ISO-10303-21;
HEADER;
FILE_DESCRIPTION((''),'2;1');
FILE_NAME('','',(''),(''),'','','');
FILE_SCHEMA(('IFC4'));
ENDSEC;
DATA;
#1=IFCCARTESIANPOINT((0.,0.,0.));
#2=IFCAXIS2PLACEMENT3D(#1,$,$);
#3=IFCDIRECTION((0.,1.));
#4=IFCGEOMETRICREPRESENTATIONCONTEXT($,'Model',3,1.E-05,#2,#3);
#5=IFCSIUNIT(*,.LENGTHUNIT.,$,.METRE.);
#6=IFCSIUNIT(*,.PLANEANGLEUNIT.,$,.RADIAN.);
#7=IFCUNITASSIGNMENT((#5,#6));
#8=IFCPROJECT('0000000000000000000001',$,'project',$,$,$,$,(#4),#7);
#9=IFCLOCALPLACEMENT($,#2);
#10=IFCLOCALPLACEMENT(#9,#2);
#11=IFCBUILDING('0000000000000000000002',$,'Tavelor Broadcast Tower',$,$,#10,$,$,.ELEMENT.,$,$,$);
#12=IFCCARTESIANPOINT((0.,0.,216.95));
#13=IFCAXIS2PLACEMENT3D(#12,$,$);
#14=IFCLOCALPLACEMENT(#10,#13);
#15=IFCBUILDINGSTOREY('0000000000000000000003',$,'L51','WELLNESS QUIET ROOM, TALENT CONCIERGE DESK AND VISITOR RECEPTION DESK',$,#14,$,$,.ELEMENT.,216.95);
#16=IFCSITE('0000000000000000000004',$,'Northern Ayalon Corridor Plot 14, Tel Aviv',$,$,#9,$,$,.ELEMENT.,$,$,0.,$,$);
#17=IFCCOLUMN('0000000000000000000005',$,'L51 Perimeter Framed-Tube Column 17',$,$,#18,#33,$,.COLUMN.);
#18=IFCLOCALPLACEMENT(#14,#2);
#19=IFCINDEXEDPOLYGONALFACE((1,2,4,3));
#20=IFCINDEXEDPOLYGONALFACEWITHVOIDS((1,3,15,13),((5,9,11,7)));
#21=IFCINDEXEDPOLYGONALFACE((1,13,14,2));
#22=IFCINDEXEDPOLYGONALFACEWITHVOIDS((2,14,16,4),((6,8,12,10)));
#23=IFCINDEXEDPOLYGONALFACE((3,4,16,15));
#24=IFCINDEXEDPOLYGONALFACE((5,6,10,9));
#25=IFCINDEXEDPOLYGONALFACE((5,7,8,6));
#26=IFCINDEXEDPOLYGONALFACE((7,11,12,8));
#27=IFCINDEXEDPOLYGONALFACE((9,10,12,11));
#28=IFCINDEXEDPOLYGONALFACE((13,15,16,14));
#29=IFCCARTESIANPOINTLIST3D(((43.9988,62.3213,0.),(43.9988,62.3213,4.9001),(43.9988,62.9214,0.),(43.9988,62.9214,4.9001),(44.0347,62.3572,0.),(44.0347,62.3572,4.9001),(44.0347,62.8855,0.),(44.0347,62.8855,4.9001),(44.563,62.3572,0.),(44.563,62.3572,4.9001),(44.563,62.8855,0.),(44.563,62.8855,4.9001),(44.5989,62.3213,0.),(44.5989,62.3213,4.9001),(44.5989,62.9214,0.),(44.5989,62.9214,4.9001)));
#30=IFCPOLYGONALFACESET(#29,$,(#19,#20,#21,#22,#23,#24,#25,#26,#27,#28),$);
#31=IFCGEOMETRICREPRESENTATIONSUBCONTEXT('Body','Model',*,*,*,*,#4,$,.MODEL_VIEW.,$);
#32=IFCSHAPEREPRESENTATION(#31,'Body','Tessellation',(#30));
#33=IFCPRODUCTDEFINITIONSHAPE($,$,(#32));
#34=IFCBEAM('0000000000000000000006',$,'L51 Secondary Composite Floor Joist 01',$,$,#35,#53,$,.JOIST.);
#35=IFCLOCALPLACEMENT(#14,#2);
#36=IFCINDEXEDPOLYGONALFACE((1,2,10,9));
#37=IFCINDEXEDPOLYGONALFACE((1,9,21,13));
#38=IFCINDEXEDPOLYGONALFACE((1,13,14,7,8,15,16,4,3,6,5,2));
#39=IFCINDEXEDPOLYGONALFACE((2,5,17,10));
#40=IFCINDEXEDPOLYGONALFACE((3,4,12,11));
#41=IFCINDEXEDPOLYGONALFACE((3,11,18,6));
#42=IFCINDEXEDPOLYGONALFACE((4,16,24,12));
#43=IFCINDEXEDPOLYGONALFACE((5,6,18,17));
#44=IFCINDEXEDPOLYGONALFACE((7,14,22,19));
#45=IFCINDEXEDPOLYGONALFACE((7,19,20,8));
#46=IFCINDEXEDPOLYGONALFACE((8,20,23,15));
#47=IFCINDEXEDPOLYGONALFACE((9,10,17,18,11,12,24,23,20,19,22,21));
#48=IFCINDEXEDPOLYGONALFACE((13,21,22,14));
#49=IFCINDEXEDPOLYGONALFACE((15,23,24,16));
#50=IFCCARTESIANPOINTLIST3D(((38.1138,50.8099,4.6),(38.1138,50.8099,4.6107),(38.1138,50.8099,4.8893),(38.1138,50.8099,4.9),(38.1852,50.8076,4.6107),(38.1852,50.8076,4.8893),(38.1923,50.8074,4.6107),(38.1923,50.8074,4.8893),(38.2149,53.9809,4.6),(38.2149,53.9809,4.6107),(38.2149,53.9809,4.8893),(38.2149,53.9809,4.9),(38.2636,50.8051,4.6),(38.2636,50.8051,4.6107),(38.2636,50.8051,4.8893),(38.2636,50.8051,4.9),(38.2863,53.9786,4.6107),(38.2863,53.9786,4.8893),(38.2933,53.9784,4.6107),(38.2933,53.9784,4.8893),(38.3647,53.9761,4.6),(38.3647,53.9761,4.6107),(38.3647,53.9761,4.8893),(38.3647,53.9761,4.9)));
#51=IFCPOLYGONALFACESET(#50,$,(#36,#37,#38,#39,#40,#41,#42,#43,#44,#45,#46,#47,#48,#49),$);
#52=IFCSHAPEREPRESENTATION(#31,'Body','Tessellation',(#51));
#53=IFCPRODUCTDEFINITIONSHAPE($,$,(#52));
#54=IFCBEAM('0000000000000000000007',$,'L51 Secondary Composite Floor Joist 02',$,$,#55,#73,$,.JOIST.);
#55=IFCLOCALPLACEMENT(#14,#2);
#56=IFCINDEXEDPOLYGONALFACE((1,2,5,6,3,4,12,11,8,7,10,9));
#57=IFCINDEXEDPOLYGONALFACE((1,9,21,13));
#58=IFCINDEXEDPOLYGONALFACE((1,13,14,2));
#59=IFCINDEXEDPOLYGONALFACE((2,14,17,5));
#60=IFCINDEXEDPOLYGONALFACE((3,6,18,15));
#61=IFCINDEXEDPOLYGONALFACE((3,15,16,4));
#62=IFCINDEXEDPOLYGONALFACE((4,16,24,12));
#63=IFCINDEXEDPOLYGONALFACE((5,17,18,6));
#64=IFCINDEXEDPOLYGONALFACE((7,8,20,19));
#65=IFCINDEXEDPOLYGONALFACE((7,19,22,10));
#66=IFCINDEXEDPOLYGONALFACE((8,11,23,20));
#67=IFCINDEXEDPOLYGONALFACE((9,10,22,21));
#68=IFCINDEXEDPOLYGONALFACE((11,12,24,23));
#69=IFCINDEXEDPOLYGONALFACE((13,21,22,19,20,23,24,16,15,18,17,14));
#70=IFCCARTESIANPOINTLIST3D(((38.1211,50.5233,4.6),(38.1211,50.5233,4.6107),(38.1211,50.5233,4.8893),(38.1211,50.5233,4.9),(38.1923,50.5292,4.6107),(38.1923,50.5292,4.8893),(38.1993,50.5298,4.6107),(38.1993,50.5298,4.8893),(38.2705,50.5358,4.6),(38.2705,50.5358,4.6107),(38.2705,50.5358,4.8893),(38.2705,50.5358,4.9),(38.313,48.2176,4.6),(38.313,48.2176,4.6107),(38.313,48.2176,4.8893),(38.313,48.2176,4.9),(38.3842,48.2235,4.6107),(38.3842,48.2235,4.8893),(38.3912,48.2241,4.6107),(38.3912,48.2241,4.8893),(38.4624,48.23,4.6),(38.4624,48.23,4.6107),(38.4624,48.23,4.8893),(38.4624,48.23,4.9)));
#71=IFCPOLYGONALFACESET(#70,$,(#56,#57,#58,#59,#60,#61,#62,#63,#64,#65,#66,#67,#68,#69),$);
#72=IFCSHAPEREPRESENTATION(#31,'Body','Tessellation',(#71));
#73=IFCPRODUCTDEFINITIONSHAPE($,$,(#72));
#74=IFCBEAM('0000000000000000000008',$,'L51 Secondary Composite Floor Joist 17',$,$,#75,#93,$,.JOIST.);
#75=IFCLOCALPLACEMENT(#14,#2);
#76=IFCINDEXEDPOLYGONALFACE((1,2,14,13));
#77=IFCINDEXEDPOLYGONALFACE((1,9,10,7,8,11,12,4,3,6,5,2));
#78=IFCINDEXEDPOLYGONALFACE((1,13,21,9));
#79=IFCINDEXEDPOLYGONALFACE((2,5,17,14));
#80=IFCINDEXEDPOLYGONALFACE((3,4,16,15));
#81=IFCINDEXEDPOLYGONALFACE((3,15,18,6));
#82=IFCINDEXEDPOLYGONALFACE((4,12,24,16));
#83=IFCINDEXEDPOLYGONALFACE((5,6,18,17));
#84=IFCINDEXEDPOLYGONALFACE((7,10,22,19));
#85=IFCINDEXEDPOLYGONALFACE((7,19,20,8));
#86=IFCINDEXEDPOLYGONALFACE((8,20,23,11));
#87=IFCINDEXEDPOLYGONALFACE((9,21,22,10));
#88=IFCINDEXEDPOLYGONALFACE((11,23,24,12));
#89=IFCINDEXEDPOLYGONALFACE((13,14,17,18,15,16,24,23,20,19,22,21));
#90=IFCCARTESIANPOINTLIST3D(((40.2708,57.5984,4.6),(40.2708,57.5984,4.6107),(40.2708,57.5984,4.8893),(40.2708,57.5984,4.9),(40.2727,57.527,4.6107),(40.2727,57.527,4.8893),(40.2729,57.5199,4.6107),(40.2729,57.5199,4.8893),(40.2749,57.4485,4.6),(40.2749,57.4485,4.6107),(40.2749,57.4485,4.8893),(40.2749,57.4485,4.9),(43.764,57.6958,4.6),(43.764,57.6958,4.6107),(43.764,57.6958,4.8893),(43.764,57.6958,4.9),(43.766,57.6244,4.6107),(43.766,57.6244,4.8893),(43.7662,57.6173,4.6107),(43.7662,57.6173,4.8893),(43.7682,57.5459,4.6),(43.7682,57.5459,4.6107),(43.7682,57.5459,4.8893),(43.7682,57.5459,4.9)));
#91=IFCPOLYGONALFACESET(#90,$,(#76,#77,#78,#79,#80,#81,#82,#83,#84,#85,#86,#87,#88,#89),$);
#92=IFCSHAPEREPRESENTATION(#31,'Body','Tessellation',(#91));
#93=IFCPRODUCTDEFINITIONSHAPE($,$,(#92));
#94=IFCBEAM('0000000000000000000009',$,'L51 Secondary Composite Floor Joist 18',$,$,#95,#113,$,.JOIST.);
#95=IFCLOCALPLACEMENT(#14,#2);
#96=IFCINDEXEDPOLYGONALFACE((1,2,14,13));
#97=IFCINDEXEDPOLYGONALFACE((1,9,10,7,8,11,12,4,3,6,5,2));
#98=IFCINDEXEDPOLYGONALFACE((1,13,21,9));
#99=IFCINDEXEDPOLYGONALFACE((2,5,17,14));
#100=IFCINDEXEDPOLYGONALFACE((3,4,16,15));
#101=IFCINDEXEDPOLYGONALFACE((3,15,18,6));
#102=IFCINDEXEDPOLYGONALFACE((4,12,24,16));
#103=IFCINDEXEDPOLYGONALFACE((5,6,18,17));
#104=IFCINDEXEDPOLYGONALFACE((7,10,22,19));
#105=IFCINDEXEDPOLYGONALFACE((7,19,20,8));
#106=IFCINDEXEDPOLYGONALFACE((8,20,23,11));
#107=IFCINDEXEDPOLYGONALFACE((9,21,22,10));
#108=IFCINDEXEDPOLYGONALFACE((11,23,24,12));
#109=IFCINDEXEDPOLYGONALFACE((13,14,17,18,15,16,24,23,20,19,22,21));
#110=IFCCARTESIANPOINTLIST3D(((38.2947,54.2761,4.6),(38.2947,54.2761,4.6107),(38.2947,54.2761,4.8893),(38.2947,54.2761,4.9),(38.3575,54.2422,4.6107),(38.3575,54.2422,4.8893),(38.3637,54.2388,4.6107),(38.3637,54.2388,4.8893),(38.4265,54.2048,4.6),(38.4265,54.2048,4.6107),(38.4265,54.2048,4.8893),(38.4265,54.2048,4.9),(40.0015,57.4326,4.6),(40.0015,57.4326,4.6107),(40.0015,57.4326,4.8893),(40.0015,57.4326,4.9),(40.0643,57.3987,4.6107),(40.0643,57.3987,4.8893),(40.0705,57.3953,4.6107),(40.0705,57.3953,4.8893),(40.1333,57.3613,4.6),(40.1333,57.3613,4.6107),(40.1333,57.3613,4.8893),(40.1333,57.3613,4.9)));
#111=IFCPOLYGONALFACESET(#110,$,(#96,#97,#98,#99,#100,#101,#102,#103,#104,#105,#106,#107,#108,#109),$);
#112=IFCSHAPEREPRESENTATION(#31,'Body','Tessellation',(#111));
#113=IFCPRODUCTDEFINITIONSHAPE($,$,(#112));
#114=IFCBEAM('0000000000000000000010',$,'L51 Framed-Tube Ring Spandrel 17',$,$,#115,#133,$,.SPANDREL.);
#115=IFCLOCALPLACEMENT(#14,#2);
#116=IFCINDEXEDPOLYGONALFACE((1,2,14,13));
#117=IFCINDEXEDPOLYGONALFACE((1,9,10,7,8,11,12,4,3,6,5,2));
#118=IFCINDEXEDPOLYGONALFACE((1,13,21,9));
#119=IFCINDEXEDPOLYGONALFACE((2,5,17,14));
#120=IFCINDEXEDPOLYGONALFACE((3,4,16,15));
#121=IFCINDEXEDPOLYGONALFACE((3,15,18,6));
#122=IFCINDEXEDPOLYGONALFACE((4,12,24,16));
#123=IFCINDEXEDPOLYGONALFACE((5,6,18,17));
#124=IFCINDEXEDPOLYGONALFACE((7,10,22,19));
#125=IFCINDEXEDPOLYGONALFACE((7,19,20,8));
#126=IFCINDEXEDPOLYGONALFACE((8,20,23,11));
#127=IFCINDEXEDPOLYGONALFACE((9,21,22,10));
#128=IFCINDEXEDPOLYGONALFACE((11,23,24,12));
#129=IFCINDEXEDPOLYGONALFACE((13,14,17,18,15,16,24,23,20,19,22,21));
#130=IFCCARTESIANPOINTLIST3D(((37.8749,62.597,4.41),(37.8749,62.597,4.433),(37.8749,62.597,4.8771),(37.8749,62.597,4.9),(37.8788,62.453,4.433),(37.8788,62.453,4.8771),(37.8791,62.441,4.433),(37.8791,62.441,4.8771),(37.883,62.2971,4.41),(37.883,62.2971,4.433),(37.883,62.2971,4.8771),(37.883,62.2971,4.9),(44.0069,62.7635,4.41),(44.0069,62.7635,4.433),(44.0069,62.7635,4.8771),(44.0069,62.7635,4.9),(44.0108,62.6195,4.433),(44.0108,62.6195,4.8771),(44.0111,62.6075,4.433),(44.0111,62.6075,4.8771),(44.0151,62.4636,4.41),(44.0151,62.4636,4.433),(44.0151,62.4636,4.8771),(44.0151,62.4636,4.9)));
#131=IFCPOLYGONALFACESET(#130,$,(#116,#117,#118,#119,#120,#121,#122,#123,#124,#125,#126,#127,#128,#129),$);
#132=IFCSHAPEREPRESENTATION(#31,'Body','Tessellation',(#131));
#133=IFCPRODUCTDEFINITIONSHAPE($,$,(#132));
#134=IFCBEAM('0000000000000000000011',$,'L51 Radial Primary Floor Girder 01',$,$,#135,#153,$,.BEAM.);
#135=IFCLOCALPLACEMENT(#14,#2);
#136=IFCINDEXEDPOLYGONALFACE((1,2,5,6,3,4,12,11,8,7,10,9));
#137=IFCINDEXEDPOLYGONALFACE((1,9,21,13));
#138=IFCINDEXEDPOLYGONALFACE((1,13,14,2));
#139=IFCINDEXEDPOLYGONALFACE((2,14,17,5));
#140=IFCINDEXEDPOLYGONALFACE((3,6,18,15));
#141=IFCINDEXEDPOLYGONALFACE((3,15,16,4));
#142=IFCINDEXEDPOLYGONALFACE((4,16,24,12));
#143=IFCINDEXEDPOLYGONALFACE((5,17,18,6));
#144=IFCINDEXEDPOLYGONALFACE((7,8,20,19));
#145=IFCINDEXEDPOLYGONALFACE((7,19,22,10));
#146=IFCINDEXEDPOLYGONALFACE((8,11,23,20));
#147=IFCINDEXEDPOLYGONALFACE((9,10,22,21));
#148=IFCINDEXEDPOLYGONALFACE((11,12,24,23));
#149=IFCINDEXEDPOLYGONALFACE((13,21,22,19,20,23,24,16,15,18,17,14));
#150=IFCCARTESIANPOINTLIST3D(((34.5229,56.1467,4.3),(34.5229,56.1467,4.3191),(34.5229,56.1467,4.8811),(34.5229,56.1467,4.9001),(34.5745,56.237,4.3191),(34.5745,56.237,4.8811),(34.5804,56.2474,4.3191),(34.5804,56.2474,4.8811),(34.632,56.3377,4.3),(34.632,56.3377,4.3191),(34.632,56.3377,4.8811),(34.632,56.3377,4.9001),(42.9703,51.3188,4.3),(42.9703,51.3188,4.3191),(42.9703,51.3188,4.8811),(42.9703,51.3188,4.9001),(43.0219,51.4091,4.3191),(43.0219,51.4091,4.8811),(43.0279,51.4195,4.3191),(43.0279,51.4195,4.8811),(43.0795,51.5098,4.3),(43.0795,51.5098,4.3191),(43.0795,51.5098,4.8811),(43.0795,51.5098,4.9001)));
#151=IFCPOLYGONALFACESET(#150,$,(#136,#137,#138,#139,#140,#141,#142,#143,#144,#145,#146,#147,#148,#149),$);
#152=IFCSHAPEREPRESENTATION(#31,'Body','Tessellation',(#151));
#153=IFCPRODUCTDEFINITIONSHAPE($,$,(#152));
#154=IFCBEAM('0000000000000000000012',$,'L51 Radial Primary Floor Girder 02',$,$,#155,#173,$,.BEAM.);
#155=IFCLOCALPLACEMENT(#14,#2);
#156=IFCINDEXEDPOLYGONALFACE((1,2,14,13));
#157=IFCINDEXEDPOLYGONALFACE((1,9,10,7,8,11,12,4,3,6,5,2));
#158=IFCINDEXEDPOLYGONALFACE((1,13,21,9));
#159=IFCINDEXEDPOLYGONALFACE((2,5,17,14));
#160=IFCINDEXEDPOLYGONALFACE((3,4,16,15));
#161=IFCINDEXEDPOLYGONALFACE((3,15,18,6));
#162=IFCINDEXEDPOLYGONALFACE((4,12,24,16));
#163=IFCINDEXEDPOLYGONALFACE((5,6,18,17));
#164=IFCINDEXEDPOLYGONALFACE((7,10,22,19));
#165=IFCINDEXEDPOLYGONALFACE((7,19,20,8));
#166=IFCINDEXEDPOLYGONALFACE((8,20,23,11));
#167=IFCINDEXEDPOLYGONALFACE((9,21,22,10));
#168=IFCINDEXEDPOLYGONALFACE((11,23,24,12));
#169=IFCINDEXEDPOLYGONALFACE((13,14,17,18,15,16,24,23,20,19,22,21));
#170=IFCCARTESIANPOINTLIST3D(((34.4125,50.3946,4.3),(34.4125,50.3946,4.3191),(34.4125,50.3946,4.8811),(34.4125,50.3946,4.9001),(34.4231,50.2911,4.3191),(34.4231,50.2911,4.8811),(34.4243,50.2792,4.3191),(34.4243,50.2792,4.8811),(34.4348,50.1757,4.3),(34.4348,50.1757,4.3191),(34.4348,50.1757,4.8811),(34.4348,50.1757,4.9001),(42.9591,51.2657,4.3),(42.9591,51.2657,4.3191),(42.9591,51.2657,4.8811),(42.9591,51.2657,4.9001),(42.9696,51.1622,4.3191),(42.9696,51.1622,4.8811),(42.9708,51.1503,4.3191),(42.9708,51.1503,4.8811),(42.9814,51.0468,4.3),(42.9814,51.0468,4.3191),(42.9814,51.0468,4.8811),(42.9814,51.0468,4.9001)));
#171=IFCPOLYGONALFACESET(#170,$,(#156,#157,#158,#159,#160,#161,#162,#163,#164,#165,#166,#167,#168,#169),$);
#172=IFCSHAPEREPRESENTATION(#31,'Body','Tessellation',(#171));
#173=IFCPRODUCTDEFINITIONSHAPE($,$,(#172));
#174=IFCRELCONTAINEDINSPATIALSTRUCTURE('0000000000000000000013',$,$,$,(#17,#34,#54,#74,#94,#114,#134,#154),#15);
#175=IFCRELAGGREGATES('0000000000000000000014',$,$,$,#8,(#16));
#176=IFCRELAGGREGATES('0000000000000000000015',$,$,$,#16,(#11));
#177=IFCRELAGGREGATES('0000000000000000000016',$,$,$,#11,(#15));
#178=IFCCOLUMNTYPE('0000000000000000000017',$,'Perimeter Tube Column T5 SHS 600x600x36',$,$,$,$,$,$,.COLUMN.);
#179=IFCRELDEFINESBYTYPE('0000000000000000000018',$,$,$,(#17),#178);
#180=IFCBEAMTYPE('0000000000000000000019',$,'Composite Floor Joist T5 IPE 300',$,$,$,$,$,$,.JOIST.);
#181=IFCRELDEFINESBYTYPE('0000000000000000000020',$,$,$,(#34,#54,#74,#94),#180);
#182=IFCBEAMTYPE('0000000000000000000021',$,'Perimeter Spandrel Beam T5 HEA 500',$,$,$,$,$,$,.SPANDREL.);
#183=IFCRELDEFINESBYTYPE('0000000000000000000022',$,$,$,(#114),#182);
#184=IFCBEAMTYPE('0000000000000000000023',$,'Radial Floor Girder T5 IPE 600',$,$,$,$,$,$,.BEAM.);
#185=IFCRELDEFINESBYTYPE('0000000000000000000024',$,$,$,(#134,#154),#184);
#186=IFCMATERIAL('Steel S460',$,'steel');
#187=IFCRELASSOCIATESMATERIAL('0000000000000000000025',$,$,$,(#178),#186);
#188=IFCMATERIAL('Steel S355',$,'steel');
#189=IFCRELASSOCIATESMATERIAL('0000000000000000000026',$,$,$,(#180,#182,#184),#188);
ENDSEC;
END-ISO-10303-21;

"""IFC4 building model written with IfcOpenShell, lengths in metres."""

from ifc_helpers import new_model, si_unit, direction, frame, origin, origin_2d, place, context, subcontext, project, spatial, hollow_rectangle, i_section, extrude, material, material_profile, profile_set, type_object, element, save


model = new_model("IFC4")

# Units and contexts
model_context = context("Model", 3, precision=1e-05, world=origin(), true_north=direction((0.0, 1.0)))
body_context = subcontext(model_context, "Body", "Model", "MODEL_VIEW")
ifc_project = project(units=[si_unit("LENGTHUNIT", "METRE"), si_unit("PLANEANGLEUNIT", "RADIAN")], contexts=[model_context])

# Site, building, storey
site_placement = place(None, origin())
site = spatial("IfcSite", under=ifc_project, at=site_placement, Name="Northern Ayalon Corridor Plot 14, Tel Aviv", CompositionType="ELEMENT", RefElevation=0.0)
building_placement = place(site_placement, origin())
building = spatial("IfcBuilding", under=site, at=building_placement, Name="Tavelor Broadcast Tower", CompositionType="ELEMENT")
storey_placement = place(building_placement, frame((0.0, 0.0, 216.95)))
storey = spatial("IfcBuildingStorey", under=building, at=storey_placement, Name="L51", Description="WELLNESS QUIET ROOM, TALENT CONCIERGE DESK AND VISITOR RECEPTION DESK", CompositionType="ELEMENT", Elevation=216.95)

# Column
ifc_material_1 = material(Name="Steel S460", Category="steel")
ifc_material_profile_1 = material_profile(ifc_material_1, hollow_rectangle(XDim=0.6001, YDim=0.6001, WallThickness=0.0359, at=origin_2d()), Name="SHS 600x600x36")
ifc_profile_set_1 = profile_set([ifc_material_profile_1], Name="Steel S460")
column_type = type_object("IfcColumnType", Name="Perimeter Tube Column T5 SHS 600x600x36", PredefinedType="COLUMN", material=ifc_profile_set_1)
column_placement = place(storey_placement, frame((44.2988, 62.6213, 0.0), z_axis=(0.0, 0.0, 1.0), x_axis=(1.0, 0.0, 0.0)))
element("IfcColumn", 1, at=column_placement, inside=storey, type_object=column_type, Name="L51 Perimeter Framed-Tube Column 17", PredefinedType="COLUMN", context=body_context, shape_type="SweptSolid", body=[
    extrude(hollow_rectangle(XDim=0.6001, YDim=0.6001, WallThickness=0.0359, at=origin_2d()), origin(), (0.0, 0.0, 1.0), 4.9001),
])

# Beams
ifc_material_2 = material(Name="Steel S355", Category="steel")
ifc_material_profile_2 = material_profile(ifc_material_2, i_section(OverallWidth=0.1499, OverallDepth=0.3, WebThickness=0.0071, FlangeThickness=0.0107, at=origin_2d()), Name="IPE 300")
ifc_profile_set_2 = profile_set([ifc_material_profile_2], Name="Steel S355")
beam_type_1 = type_object("IfcBeamType", Name="Composite Floor Joist T5 IPE 300", PredefinedType="JOIST", material=ifc_profile_set_2)
beam_1_placement = place(storey_placement, frame((38.2898, 53.9785, 4.75), z_axis=(-0.031859, -0.999492, 0.0), x_axis=(0.999492, -0.031859, 0.0)))
element("IfcBeam", 2, at=beam_1_placement, inside=storey, type_object=beam_type_1, Name="L51 Secondary Composite Floor Joist 01", PredefinedType="JOIST", context=body_context, shape_type="SweptSolid", body=[
    extrude(i_section(OverallWidth=0.1499, OverallDepth=0.3, WebThickness=0.0071, FlangeThickness=0.0107, at=origin_2d()), origin(), (0.0, 0.0, 1.0), 3.1726),
])
beam_2_placement = place(storey_placement, frame((38.1958, 50.5295, 4.75), z_axis=(0.082941, -0.996554, 0.0), x_axis=(0.996554, 0.082941, 0.0)))
element("IfcBeam", 3, at=beam_2_placement, inside=storey, type_object=beam_type_1, Name="L51 Secondary Composite Floor Joist 02", PredefinedType="JOIST", context=body_context, shape_type="SweptSolid", body=[
    extrude(i_section(OverallWidth=0.1499, OverallDepth=0.3, WebThickness=0.0071, FlangeThickness=0.0107, at=origin_2d()), origin(), (0.0, 0.0, 1.0), 2.3137),
])
beam_3_placement = place(storey_placement, frame((43.7661, 57.6208, 4.75), z_axis=(-0.999611, -0.027876, 0.0), x_axis=(0.027876, -0.999611, 0.0)))
element("IfcBeam", 4, at=beam_3_placement, inside=storey, type_object=beam_type_1, Name="L51 Secondary Composite Floor Joist 17", PredefinedType="JOIST", context=body_context, shape_type="SweptSolid", body=[
    extrude(i_section(OverallWidth=0.1499, OverallDepth=0.3, WebThickness=0.0071, FlangeThickness=0.0107, at=origin_2d()), origin(), (0.0, 0.0, 1.0), 3.4946),
])
beam_4_placement = place(storey_placement, frame((40.0674, 57.397, 4.75), z_axis=(-0.475641, -0.87964, 0.0), x_axis=(0.87964, -0.475641, 0.0)))
element("IfcBeam", 5, at=beam_4_placement, inside=storey, type_object=beam_type_1, Name="L51 Secondary Composite Floor Joist 18", PredefinedType="JOIST", context=body_context, shape_type="SweptSolid", body=[
    extrude(i_section(OverallWidth=0.1499, OverallDepth=0.3, WebThickness=0.0071, FlangeThickness=0.0107, at=origin_2d()), origin(), (0.0, 0.0, 1.0), 3.5884),
])
ifc_material_profile_3 = material_profile(ifc_material_2, i_section(OverallWidth=0.3, OverallDepth=0.49, WebThickness=0.012, FlangeThickness=0.0229, at=origin_2d()), Name="HEA 500")
ifc_profile_set_3 = profile_set([ifc_material_profile_3], Name="Steel S355")
beam_type_2 = type_object("IfcBeamType", Name="Perimeter Spandrel Beam T5 HEA 500", PredefinedType="SPANDREL", material=ifc_profile_set_3)
beam_5_placement = place(storey_placement, frame((44.011, 62.6135, 4.655), z_axis=(-0.999632, -0.027143, 0.0), x_axis=(0.027143, -0.999632, 0.0)))
element("IfcBeam", 6, at=beam_5_placement, inside=storey, type_object=beam_type_2, Name="L51 Framed-Tube Ring Spandrel 17", PredefinedType="SPANDREL", context=body_context, shape_type="SweptSolid", body=[
    extrude(i_section(OverallWidth=0.3, OverallDepth=0.49, WebThickness=0.012, FlangeThickness=0.0229, at=origin_2d()), origin(), (0.0, 0.0, 1.0), 6.1343),
])
ifc_material_profile_4 = material_profile(ifc_material_2, i_section(OverallWidth=0.22, OverallDepth=0.6001, WebThickness=0.012, FlangeThickness=0.019, at=origin_2d()), Name="IPE 600")
ifc_profile_set_4 = profile_set([ifc_material_profile_4], Name="Steel S355")
beam_type_3 = type_object("IfcBeamType", Name="Radial Floor Girder T5 IPE 600", PredefinedType="BEAM", material=ifc_profile_set_4)
beam_6_placement = place(storey_placement, frame((43.0249, 51.4143, 4.6001), z_axis=(-0.868211, 0.496196, 0.0), x_axis=(-0.496196, -0.868211, 0.0)))
element("IfcBeam", 7, at=beam_6_placement, inside=storey, type_object=beam_type_3, Name="L51 Radial Primary Floor Girder 01", PredefinedType="BEAM", context=body_context, shape_type="SweptSolid", body=[
    extrude(i_section(OverallWidth=0.22, OverallDepth=0.6001, WebThickness=0.012, FlangeThickness=0.019, at=origin_2d()), origin(), (0.0, 0.0, 1.0), 9.7297),
])
beam_7_placement = place(storey_placement, frame((42.9702, 51.1562, 4.6001), z_axis=(-0.994846, -0.101397, 0.0), x_axis=(0.101397, -0.994846, 0.0)))
element("IfcBeam", 8, at=beam_7_placement, inside=storey, type_object=beam_type_3, Name="L51 Radial Primary Floor Girder 02", PredefinedType="BEAM", context=body_context, shape_type="SweptSolid", body=[
    extrude(i_section(OverallWidth=0.22, OverallDepth=0.6001, WebThickness=0.012, FlangeThickness=0.019, at=origin_2d()), origin(), (0.0, 0.0, 1.0), 8.5908),
])

save(model, "model.ifc")
